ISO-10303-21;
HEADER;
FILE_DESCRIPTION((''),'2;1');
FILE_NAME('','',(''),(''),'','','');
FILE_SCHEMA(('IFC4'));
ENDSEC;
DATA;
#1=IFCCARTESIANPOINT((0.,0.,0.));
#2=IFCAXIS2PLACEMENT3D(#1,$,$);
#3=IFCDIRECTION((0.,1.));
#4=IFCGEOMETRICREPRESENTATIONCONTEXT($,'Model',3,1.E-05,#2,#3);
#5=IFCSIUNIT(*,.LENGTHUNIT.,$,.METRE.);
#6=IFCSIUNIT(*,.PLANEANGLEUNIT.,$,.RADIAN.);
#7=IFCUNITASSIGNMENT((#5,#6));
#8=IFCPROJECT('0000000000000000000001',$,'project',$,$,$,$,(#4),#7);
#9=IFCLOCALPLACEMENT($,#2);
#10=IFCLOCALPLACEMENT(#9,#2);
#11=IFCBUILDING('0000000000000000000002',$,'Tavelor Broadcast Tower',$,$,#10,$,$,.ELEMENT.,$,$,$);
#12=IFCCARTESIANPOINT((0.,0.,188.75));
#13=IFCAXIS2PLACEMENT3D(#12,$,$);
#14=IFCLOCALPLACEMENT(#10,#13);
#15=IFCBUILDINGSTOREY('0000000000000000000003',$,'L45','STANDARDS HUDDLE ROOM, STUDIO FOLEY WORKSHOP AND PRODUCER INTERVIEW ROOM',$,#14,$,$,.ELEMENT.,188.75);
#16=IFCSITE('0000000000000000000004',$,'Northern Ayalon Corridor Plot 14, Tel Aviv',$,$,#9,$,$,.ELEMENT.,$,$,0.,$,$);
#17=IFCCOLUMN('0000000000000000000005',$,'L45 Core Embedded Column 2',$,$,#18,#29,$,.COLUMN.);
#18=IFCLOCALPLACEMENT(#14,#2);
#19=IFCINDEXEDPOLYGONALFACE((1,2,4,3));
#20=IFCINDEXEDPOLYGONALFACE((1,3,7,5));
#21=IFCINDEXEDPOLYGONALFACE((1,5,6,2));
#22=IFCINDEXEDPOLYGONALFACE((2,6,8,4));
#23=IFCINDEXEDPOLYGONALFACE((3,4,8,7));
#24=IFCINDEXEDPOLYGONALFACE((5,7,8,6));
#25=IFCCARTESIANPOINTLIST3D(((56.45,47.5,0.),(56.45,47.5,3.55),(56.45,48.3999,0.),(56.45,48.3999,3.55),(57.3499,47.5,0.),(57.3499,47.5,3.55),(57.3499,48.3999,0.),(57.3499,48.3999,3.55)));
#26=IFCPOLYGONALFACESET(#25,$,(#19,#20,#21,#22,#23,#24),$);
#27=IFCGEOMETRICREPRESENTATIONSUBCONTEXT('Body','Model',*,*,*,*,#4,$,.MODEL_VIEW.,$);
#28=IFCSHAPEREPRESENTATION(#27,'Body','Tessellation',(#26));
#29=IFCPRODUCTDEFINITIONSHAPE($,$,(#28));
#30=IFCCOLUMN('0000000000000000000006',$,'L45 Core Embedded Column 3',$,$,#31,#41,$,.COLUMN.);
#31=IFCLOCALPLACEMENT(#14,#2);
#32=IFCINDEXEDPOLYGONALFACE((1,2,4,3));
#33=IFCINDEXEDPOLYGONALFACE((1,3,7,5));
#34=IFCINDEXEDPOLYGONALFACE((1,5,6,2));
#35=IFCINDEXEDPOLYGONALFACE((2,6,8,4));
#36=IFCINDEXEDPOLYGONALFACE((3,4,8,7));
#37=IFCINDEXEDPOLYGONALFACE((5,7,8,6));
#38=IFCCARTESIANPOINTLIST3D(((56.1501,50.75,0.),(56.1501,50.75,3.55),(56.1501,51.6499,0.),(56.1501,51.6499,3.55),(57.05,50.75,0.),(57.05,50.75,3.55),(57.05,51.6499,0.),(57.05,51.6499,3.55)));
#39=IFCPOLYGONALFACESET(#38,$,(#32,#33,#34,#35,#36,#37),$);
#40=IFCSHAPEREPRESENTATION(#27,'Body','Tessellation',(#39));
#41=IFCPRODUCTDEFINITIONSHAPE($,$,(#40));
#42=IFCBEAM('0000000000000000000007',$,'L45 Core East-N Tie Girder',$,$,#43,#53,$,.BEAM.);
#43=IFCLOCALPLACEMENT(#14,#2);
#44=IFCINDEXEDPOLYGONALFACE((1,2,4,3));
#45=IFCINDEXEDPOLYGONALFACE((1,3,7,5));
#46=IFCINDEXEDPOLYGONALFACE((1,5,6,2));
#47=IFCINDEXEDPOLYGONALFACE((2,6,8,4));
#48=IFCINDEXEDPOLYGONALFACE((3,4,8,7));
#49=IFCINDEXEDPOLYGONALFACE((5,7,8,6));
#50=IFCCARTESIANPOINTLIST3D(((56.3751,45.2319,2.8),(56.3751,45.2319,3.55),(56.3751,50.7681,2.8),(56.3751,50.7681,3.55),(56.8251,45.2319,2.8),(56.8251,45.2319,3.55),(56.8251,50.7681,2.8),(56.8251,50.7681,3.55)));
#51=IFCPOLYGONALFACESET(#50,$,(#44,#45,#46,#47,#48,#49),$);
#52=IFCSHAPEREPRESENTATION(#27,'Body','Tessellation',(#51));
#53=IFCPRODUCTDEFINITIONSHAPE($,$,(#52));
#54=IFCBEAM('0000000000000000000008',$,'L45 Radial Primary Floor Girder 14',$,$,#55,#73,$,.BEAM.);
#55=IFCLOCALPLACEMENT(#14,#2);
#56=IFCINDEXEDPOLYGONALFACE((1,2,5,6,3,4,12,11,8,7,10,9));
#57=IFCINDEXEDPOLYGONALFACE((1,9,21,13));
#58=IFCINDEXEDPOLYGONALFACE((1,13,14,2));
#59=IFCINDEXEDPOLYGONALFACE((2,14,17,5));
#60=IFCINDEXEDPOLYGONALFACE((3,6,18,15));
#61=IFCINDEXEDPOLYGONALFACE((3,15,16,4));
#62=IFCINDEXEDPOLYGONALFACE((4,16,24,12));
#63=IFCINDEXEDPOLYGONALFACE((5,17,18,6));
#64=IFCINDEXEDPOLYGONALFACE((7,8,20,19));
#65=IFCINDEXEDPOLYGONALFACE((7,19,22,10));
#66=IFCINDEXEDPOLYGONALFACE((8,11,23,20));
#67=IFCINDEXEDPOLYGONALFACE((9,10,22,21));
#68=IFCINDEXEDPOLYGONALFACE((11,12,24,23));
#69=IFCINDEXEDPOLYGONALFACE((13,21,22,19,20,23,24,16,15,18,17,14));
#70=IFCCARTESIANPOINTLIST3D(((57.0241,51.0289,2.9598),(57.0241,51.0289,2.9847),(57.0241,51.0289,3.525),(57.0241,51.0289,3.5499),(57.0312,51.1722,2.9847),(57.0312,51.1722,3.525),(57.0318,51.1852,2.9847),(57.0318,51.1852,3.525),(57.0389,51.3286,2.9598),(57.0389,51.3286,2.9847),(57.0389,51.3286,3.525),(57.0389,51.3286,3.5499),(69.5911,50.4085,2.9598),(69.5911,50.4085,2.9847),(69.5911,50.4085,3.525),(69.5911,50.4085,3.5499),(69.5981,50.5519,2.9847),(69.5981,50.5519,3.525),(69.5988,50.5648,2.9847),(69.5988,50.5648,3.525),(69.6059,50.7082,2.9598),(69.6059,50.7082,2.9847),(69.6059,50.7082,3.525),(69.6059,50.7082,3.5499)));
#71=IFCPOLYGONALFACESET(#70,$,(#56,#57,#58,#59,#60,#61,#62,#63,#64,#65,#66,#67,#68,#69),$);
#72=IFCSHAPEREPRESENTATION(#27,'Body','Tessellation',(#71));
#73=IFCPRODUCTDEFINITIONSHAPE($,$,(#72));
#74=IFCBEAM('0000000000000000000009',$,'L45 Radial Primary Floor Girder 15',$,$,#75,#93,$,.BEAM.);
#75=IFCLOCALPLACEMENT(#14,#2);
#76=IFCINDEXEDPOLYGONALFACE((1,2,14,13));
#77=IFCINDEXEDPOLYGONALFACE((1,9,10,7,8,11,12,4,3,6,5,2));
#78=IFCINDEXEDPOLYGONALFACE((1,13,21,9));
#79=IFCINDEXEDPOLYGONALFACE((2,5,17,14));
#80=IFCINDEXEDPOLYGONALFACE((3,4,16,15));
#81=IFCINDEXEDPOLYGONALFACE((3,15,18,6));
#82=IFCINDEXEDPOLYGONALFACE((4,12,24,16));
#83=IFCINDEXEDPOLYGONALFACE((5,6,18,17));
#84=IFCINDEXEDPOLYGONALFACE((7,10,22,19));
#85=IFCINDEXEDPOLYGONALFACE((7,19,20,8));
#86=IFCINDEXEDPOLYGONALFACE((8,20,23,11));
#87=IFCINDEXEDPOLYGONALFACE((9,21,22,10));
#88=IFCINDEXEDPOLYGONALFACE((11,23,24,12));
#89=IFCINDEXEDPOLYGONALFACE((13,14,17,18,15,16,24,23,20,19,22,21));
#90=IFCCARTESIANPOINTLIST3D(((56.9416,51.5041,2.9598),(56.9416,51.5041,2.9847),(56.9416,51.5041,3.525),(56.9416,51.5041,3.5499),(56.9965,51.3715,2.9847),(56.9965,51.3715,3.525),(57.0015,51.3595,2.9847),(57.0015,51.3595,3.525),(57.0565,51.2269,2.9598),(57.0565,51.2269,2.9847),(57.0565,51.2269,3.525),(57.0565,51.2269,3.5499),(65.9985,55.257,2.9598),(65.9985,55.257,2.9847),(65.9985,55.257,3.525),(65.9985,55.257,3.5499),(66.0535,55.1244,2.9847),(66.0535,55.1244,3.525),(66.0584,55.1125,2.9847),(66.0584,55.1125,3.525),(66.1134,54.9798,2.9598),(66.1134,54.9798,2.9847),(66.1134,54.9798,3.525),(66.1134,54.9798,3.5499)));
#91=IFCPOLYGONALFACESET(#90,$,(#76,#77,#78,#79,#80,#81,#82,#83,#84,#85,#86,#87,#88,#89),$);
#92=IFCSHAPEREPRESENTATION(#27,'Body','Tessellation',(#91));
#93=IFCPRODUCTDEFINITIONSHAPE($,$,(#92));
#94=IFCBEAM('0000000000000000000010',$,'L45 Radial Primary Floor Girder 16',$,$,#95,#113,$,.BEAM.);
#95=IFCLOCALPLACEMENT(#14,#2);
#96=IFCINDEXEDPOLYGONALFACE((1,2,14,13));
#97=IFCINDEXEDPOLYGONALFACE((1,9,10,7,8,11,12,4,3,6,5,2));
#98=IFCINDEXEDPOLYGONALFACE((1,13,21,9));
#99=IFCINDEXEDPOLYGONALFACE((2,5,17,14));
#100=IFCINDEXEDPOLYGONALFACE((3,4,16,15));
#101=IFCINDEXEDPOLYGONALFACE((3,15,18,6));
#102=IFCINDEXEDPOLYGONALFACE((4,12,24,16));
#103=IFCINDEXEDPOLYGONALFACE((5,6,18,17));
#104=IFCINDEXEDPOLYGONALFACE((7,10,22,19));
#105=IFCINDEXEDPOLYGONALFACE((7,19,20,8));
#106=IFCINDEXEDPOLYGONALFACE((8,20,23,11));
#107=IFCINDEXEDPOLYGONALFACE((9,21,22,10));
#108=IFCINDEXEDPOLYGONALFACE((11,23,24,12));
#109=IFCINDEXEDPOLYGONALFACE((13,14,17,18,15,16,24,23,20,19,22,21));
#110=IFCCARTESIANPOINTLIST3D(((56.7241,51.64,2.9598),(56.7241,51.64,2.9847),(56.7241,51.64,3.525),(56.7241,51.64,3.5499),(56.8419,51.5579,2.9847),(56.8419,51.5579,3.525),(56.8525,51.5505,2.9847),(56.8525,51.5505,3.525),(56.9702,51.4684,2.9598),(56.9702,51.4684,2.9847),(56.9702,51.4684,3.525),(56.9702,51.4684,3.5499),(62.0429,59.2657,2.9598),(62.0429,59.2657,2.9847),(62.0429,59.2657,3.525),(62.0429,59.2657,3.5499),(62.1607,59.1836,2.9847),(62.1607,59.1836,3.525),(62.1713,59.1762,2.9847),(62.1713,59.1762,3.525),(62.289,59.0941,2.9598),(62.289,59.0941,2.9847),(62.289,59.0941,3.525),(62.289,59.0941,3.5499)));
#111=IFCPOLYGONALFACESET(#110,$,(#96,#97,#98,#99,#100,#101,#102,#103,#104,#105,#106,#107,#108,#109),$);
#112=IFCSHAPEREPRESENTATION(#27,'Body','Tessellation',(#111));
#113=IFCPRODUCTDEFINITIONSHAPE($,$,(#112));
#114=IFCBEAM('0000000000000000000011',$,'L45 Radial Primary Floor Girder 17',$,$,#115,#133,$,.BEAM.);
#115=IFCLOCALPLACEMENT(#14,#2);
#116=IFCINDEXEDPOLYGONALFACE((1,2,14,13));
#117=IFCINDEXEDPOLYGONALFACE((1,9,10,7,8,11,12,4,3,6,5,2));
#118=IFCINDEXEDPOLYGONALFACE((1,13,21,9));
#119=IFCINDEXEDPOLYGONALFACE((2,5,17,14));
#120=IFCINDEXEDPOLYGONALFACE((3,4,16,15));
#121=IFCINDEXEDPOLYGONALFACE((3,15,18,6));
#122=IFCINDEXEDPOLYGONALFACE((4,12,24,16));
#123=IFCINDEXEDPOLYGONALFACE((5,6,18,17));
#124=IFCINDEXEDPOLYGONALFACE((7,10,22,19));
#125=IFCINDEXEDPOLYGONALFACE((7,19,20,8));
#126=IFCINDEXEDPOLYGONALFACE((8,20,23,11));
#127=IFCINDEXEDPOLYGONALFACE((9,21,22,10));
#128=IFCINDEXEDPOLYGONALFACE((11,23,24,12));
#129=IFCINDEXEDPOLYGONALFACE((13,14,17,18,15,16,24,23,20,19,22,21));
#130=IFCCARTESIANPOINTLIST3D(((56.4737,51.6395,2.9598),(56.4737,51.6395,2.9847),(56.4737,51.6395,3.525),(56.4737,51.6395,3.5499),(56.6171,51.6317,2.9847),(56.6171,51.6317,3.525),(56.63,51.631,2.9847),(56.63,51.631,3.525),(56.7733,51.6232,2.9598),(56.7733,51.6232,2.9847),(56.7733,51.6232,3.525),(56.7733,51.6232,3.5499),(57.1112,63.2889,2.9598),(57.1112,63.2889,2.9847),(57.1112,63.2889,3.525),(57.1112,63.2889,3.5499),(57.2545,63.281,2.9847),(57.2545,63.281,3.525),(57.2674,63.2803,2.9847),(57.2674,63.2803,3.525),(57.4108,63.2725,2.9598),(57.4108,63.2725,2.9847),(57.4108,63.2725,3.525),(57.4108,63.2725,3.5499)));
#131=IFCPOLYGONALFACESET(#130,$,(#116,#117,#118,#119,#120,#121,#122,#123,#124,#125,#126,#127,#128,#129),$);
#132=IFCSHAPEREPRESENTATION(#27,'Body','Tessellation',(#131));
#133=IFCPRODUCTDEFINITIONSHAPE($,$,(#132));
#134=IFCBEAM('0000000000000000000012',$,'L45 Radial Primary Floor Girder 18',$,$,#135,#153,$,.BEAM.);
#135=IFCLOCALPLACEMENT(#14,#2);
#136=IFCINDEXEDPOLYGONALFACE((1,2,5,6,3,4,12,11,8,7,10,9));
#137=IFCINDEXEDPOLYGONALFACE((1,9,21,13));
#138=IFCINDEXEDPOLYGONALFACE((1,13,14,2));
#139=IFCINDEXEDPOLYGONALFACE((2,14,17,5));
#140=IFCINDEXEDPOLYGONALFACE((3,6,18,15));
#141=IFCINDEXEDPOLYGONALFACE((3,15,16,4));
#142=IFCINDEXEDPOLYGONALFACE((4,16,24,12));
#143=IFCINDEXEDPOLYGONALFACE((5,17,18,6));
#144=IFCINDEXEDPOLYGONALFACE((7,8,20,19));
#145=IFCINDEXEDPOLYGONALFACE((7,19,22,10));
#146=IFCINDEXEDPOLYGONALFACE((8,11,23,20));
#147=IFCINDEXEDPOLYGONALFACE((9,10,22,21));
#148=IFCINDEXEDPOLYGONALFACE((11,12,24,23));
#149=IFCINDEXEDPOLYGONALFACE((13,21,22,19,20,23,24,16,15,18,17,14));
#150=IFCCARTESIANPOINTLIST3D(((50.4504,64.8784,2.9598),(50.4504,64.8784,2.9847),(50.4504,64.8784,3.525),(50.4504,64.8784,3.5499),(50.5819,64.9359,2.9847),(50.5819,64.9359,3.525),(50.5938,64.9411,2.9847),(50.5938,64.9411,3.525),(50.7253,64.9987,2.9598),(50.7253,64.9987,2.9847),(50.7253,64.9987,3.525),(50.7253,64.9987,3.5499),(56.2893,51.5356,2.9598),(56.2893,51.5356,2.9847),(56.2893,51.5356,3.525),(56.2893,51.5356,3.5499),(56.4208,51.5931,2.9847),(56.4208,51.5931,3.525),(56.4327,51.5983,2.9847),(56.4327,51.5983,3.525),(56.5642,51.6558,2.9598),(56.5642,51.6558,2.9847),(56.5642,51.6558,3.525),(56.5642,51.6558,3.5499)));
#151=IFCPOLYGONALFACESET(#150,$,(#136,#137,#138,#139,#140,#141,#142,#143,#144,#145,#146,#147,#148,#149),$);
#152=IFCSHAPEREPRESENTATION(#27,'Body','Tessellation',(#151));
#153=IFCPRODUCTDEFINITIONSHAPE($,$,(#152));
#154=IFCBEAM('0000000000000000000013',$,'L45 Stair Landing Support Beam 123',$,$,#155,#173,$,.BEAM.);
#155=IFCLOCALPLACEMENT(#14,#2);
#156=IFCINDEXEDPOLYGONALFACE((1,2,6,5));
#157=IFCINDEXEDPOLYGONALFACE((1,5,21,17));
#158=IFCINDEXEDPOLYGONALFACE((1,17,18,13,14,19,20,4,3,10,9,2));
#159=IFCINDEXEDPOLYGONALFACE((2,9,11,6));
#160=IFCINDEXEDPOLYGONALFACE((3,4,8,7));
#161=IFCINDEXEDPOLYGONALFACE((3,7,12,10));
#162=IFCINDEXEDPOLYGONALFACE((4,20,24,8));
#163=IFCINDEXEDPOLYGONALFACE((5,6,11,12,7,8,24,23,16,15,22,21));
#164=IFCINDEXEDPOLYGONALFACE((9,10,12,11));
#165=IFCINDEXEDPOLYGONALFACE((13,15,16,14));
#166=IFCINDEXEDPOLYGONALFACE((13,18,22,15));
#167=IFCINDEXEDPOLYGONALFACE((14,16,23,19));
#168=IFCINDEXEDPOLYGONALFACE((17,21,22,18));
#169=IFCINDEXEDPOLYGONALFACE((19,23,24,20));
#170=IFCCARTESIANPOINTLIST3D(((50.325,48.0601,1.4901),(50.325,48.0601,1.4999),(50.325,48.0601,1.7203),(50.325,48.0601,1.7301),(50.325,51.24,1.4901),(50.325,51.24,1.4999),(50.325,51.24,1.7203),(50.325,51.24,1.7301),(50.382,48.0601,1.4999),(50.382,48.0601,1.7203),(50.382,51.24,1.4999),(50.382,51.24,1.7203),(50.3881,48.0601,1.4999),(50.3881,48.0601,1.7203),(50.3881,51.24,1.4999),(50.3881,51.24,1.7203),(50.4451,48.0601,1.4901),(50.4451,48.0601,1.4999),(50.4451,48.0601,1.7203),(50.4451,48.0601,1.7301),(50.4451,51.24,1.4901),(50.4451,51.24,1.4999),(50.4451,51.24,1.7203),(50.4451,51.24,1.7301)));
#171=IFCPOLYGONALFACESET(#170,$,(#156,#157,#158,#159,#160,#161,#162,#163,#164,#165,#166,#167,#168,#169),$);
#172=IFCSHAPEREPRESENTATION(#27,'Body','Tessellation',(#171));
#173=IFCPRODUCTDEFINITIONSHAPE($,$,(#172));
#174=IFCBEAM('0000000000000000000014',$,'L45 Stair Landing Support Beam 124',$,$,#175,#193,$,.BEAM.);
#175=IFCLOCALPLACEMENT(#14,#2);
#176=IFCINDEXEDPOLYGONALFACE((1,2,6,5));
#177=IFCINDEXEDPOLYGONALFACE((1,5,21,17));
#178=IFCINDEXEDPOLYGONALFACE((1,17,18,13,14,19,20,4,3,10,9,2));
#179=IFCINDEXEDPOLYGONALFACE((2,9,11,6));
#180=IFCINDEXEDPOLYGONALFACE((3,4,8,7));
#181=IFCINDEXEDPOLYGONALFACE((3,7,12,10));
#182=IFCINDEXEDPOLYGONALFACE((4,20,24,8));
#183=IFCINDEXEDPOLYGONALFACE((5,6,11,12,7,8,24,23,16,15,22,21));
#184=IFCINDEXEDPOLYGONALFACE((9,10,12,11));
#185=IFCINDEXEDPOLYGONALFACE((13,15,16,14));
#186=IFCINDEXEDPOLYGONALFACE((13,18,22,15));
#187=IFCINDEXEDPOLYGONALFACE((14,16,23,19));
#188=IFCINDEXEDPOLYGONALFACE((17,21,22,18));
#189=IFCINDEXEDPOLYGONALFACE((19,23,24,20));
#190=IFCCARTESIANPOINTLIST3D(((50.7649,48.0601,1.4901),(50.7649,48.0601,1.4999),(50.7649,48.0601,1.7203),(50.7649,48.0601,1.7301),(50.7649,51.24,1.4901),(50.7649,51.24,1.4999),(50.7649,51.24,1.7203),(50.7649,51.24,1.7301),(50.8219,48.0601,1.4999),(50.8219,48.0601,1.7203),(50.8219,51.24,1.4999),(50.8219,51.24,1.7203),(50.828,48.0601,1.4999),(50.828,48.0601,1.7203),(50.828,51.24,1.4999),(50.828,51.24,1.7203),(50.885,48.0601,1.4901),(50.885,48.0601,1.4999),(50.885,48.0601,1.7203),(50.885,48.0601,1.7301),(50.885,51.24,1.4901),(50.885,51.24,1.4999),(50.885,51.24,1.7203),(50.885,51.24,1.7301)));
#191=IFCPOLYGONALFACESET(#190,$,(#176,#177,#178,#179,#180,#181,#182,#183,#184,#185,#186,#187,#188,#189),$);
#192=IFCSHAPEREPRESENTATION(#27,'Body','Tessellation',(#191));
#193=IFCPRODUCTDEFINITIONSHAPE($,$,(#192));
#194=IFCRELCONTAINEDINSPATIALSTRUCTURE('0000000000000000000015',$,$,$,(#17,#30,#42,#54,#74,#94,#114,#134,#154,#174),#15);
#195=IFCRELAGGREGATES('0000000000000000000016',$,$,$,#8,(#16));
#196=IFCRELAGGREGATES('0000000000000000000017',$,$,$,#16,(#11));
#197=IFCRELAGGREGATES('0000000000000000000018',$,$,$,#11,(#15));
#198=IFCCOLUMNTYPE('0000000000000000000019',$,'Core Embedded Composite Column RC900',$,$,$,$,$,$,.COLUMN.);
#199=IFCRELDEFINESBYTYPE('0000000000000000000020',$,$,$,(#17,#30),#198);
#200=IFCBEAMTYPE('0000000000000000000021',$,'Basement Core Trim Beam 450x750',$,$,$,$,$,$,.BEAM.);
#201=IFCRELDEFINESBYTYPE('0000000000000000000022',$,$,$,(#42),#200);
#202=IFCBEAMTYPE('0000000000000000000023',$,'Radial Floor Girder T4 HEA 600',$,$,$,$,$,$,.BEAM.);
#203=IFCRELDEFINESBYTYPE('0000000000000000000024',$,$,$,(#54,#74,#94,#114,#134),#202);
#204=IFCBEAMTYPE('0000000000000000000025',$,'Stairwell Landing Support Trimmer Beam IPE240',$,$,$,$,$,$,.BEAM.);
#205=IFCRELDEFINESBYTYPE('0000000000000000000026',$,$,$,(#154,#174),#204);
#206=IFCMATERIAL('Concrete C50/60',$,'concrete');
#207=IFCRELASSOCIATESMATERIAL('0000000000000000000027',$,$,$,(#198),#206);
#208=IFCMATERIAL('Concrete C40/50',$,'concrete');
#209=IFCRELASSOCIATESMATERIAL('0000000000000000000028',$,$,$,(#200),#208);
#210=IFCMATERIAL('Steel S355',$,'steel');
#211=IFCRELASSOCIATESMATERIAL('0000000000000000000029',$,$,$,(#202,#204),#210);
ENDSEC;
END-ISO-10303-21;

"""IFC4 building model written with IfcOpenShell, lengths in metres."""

from ifc_helpers import new_model, si_unit, direction, frame, origin, origin_2d, place, context, subcontext, project, spatial, rectangle, i_section, extrude, material, material_profile, profile_set, type_object, element, save


model = new_model("IFC4")

# Units and contexts
model_context = context("Model", 3, precision=1e-05, world=origin(), true_north=direction((0.0, 1.0)))
body_context = subcontext(model_context, "Body", "Model", "MODEL_VIEW")
ifc_project = project(units=[si_unit("LENGTHUNIT", "METRE"), si_unit("PLANEANGLEUNIT", "RADIAN")], contexts=[model_context])

# Site, building, storey
site_placement = place(None, origin())
site = spatial("IfcSite", under=ifc_project, at=site_placement, Name="Northern Ayalon Corridor Plot 14, Tel Aviv", CompositionType="ELEMENT", RefElevation=0.0)
building_placement = place(site_placement, origin())
building = spatial("IfcBuilding", under=site, at=building_placement, Name="Tavelor Broadcast Tower", CompositionType="ELEMENT")
storey_placement = place(building_placement, frame((0.0, 0.0, 188.75)))
storey = spatial("IfcBuildingStorey", under=building, at=storey_placement, Name="L45", Description="STANDARDS HUDDLE ROOM, STUDIO FOLEY WORKSHOP AND PRODUCER INTERVIEW ROOM", CompositionType="ELEMENT", Elevation=188.75)

# Columns
ifc_material_1 = material(Name="Concrete C50/60", Category="concrete")
ifc_material_profile_1 = material_profile(ifc_material_1, rectangle(XDim=0.8999, YDim=0.8999, at=origin_2d()), Name="RC 900x900")
ifc_profile_set_1 = profile_set([ifc_material_profile_1], Name="Concrete C50/60")
column_type = type_object("IfcColumnType", Name="Core Embedded Composite Column RC900", PredefinedType="COLUMN", material=ifc_profile_set_1)
for number, where, z_axis, x_axis, name in (
    (1, (56.8999, 47.95, 0.0), (0.0, 0.0, 1.0), (1.0, 0.0, 0.0), "L45 Core Embedded Column 2"),
    (2, (56.6001, 51.2, 0.0), (0.0, 0.0, 1.0), (1.0, 0.0, 0.0), "L45 Core Embedded Column 3"),
):
    element("IfcColumn", number, at=place(storey_placement, frame(where, z_axis=z_axis, x_axis=x_axis)), inside=storey, type_object=column_type, Name=name, PredefinedType="COLUMN", context=body_context, shape_type="SweptSolid", body=[
        extrude(rectangle(XDim=0.8999, YDim=0.8999, at=origin_2d()), origin(), (0.0, 0.0, 1.0), 3.55),
    ])

# Beams
ifc_material_2 = material(Name="Concrete C40/50", Category="concrete")
ifc_material_profile_2 = material_profile(ifc_material_2, rectangle(XDim=0.45, YDim=0.75, at=origin_2d()), Name="RC 450x750")
ifc_profile_set_2 = profile_set([ifc_material_profile_2], Name="Concrete C40/50")
beam_type_1 = type_object("IfcBeamType", Name="Basement Core Trim Beam 450x750", PredefinedType="BEAM", material=ifc_profile_set_2)
beam_1_placement = place(storey_placement, frame((56.6001, 45.2319, 3.175), z_axis=(0.0, 1.0, 0.0), x_axis=(-1.0, 0.0, 0.0)))
element("IfcBeam", 3, at=beam_1_placement, inside=storey, type_object=beam_type_1, Name="L45 Core East-N Tie Girder", PredefinedType="BEAM", context=body_context, shape_type="SweptSolid", body=[
    extrude(rectangle(XDim=0.45, YDim=0.75, at=origin_2d()), origin(), (0.0, 0.0, 1.0), 5.5361),
])
ifc_material_3 = material(Name="Steel S355", Category="steel")
ifc_material_profile_3 = material_profile(ifc_material_3, i_section(OverallWidth=0.3, OverallDepth=0.5901, WebThickness=0.0129, FlangeThickness=0.0249, at=origin_2d()), Name="HEA 600")
ifc_profile_set_3 = profile_set([ifc_material_profile_3], Name="Steel S355")
beam_type_2 = type_object("IfcBeamType", Name="Radial Floor Girder T4 HEA 600", PredefinedType="BEAM", material=ifc_profile_set_3)
beam_2_placement = place(storey_placement, frame((57.0315, 51.1787, 3.2549), z_axis=(0.998784, -0.049305, 0.0), x_axis=(0.049305, 0.998784, 0.0)))
element("IfcBeam", 4, at=beam_2_placement, inside=storey, type_object=beam_type_2, Name="L45 Radial Primary Floor Girder 14", PredefinedType="BEAM", context=body_context, shape_type="SweptSolid", body=[
    extrude(i_section(OverallWidth=0.3, OverallDepth=0.5901, WebThickness=0.0129, FlangeThickness=0.0249, at=origin_2d()), origin(), (0.0, 0.0, 1.0), 12.5823),
])
beam_3_placement = place(storey_placement, frame((56.999, 51.3655, 3.2549), z_axis=(0.923827, 0.382809, 0.0), x_axis=(-0.382809, 0.923827, 0.0)))
element("IfcBeam", 5, at=beam_3_placement, inside=storey, type_object=beam_type_2, Name="L45 Radial Primary Floor Girder 15", PredefinedType="BEAM", context=body_context, shape_type="SweptSolid", body=[
    extrude(i_section(OverallWidth=0.3, OverallDepth=0.5901, WebThickness=0.0129, FlangeThickness=0.0249, at=origin_2d()), origin(), (0.0, 0.0, 1.0), 9.8037),
])
beam_4_placement = place(storey_placement, frame((56.8472, 51.5542, 3.2549), z_axis=(0.572078, 0.820199, 0.0), x_axis=(-0.820199, 0.572078, 0.0)))
element("IfcBeam", 6, at=beam_4_placement, inside=storey, type_object=beam_type_2, Name="L45 Radial Primary Floor Girder 16", PredefinedType="BEAM", context=body_context, shape_type="SweptSolid", body=[
    extrude(i_section(OverallWidth=0.3, OverallDepth=0.5901, WebThickness=0.0129, FlangeThickness=0.0249, at=origin_2d()), origin(), (0.0, 0.0, 1.0), 9.2974),
])
beam_5_placement = place(storey_placement, frame((56.6235, 51.6313, 3.2549), z_axis=(0.054638, 0.998506, 0.0), x_axis=(-0.998506, 0.054638, 0.0)))
element("IfcBeam", 7, at=beam_5_placement, inside=storey, type_object=beam_type_2, Name="L45 Radial Primary Floor Girder 17", PredefinedType="BEAM", context=body_context, shape_type="SweptSolid", body=[
    extrude(i_section(OverallWidth=0.3, OverallDepth=0.5901, WebThickness=0.0129, FlangeThickness=0.0249, at=origin_2d()), origin(), (0.0, 0.0, 1.0), 11.6667),
])
beam_6_placement = place(storey_placement, frame((56.4268, 51.5957, 3.2549), z_axis=(-0.4009, 0.916122, 0.0), x_axis=(-0.916122, -0.4009, 0.0)))
element("IfcBeam", 8, at=beam_6_placement, inside=storey, type_object=beam_type_2, Name="L45 Radial Primary Floor Girder 18", PredefinedType="BEAM", context=body_context, shape_type="SweptSolid", body=[
    extrude(i_section(OverallWidth=0.3, OverallDepth=0.5901, WebThickness=0.0129, FlangeThickness=0.0249, at=origin_2d()), origin(), (0.0, 0.0, 1.0), 14.5645),
])
ifc_material_profile_4 = material_profile(ifc_material_3, i_section(OverallWidth=0.1201, OverallDepth=0.24, WebThickness=0.0061, FlangeThickness=0.0098, at=origin_2d()), Name="IPE 240")
ifc_profile_set_4 = profile_set([ifc_material_profile_4], Name="Steel S355")
beam_type_3 = type_object("IfcBeamType", Name="Stairwell Landing Support Trimmer Beam IPE240", PredefinedType="BEAM", material=ifc_profile_set_4)
for number, where, z_axis, x_axis, name in (
    (9, (50.385, 48.0601, 1.6101), (0.0, 1.0, 0.0), (-1.0, 0.0, 0.0), "L45 Stair Landing Support Beam 123"),
    (10, (50.825, 48.0601, 1.6101), (0.0, 1.0, 0.0), (-1.0, 0.0, 0.0), "L45 Stair Landing Support Beam 124"),
):
    element("IfcBeam", number, at=place(storey_placement, frame(where, z_axis=z_axis, x_axis=x_axis)), inside=storey, type_object=beam_type_3, Name=name, PredefinedType="BEAM", context=body_context, shape_type="SweptSolid", body=[
        extrude(i_section(OverallWidth=0.1201, OverallDepth=0.24, WebThickness=0.0061, FlangeThickness=0.0098, at=origin_2d()), origin(), (0.0, 0.0, 1.0), 3.1799),
    ])

save(model, "model.ifc")
